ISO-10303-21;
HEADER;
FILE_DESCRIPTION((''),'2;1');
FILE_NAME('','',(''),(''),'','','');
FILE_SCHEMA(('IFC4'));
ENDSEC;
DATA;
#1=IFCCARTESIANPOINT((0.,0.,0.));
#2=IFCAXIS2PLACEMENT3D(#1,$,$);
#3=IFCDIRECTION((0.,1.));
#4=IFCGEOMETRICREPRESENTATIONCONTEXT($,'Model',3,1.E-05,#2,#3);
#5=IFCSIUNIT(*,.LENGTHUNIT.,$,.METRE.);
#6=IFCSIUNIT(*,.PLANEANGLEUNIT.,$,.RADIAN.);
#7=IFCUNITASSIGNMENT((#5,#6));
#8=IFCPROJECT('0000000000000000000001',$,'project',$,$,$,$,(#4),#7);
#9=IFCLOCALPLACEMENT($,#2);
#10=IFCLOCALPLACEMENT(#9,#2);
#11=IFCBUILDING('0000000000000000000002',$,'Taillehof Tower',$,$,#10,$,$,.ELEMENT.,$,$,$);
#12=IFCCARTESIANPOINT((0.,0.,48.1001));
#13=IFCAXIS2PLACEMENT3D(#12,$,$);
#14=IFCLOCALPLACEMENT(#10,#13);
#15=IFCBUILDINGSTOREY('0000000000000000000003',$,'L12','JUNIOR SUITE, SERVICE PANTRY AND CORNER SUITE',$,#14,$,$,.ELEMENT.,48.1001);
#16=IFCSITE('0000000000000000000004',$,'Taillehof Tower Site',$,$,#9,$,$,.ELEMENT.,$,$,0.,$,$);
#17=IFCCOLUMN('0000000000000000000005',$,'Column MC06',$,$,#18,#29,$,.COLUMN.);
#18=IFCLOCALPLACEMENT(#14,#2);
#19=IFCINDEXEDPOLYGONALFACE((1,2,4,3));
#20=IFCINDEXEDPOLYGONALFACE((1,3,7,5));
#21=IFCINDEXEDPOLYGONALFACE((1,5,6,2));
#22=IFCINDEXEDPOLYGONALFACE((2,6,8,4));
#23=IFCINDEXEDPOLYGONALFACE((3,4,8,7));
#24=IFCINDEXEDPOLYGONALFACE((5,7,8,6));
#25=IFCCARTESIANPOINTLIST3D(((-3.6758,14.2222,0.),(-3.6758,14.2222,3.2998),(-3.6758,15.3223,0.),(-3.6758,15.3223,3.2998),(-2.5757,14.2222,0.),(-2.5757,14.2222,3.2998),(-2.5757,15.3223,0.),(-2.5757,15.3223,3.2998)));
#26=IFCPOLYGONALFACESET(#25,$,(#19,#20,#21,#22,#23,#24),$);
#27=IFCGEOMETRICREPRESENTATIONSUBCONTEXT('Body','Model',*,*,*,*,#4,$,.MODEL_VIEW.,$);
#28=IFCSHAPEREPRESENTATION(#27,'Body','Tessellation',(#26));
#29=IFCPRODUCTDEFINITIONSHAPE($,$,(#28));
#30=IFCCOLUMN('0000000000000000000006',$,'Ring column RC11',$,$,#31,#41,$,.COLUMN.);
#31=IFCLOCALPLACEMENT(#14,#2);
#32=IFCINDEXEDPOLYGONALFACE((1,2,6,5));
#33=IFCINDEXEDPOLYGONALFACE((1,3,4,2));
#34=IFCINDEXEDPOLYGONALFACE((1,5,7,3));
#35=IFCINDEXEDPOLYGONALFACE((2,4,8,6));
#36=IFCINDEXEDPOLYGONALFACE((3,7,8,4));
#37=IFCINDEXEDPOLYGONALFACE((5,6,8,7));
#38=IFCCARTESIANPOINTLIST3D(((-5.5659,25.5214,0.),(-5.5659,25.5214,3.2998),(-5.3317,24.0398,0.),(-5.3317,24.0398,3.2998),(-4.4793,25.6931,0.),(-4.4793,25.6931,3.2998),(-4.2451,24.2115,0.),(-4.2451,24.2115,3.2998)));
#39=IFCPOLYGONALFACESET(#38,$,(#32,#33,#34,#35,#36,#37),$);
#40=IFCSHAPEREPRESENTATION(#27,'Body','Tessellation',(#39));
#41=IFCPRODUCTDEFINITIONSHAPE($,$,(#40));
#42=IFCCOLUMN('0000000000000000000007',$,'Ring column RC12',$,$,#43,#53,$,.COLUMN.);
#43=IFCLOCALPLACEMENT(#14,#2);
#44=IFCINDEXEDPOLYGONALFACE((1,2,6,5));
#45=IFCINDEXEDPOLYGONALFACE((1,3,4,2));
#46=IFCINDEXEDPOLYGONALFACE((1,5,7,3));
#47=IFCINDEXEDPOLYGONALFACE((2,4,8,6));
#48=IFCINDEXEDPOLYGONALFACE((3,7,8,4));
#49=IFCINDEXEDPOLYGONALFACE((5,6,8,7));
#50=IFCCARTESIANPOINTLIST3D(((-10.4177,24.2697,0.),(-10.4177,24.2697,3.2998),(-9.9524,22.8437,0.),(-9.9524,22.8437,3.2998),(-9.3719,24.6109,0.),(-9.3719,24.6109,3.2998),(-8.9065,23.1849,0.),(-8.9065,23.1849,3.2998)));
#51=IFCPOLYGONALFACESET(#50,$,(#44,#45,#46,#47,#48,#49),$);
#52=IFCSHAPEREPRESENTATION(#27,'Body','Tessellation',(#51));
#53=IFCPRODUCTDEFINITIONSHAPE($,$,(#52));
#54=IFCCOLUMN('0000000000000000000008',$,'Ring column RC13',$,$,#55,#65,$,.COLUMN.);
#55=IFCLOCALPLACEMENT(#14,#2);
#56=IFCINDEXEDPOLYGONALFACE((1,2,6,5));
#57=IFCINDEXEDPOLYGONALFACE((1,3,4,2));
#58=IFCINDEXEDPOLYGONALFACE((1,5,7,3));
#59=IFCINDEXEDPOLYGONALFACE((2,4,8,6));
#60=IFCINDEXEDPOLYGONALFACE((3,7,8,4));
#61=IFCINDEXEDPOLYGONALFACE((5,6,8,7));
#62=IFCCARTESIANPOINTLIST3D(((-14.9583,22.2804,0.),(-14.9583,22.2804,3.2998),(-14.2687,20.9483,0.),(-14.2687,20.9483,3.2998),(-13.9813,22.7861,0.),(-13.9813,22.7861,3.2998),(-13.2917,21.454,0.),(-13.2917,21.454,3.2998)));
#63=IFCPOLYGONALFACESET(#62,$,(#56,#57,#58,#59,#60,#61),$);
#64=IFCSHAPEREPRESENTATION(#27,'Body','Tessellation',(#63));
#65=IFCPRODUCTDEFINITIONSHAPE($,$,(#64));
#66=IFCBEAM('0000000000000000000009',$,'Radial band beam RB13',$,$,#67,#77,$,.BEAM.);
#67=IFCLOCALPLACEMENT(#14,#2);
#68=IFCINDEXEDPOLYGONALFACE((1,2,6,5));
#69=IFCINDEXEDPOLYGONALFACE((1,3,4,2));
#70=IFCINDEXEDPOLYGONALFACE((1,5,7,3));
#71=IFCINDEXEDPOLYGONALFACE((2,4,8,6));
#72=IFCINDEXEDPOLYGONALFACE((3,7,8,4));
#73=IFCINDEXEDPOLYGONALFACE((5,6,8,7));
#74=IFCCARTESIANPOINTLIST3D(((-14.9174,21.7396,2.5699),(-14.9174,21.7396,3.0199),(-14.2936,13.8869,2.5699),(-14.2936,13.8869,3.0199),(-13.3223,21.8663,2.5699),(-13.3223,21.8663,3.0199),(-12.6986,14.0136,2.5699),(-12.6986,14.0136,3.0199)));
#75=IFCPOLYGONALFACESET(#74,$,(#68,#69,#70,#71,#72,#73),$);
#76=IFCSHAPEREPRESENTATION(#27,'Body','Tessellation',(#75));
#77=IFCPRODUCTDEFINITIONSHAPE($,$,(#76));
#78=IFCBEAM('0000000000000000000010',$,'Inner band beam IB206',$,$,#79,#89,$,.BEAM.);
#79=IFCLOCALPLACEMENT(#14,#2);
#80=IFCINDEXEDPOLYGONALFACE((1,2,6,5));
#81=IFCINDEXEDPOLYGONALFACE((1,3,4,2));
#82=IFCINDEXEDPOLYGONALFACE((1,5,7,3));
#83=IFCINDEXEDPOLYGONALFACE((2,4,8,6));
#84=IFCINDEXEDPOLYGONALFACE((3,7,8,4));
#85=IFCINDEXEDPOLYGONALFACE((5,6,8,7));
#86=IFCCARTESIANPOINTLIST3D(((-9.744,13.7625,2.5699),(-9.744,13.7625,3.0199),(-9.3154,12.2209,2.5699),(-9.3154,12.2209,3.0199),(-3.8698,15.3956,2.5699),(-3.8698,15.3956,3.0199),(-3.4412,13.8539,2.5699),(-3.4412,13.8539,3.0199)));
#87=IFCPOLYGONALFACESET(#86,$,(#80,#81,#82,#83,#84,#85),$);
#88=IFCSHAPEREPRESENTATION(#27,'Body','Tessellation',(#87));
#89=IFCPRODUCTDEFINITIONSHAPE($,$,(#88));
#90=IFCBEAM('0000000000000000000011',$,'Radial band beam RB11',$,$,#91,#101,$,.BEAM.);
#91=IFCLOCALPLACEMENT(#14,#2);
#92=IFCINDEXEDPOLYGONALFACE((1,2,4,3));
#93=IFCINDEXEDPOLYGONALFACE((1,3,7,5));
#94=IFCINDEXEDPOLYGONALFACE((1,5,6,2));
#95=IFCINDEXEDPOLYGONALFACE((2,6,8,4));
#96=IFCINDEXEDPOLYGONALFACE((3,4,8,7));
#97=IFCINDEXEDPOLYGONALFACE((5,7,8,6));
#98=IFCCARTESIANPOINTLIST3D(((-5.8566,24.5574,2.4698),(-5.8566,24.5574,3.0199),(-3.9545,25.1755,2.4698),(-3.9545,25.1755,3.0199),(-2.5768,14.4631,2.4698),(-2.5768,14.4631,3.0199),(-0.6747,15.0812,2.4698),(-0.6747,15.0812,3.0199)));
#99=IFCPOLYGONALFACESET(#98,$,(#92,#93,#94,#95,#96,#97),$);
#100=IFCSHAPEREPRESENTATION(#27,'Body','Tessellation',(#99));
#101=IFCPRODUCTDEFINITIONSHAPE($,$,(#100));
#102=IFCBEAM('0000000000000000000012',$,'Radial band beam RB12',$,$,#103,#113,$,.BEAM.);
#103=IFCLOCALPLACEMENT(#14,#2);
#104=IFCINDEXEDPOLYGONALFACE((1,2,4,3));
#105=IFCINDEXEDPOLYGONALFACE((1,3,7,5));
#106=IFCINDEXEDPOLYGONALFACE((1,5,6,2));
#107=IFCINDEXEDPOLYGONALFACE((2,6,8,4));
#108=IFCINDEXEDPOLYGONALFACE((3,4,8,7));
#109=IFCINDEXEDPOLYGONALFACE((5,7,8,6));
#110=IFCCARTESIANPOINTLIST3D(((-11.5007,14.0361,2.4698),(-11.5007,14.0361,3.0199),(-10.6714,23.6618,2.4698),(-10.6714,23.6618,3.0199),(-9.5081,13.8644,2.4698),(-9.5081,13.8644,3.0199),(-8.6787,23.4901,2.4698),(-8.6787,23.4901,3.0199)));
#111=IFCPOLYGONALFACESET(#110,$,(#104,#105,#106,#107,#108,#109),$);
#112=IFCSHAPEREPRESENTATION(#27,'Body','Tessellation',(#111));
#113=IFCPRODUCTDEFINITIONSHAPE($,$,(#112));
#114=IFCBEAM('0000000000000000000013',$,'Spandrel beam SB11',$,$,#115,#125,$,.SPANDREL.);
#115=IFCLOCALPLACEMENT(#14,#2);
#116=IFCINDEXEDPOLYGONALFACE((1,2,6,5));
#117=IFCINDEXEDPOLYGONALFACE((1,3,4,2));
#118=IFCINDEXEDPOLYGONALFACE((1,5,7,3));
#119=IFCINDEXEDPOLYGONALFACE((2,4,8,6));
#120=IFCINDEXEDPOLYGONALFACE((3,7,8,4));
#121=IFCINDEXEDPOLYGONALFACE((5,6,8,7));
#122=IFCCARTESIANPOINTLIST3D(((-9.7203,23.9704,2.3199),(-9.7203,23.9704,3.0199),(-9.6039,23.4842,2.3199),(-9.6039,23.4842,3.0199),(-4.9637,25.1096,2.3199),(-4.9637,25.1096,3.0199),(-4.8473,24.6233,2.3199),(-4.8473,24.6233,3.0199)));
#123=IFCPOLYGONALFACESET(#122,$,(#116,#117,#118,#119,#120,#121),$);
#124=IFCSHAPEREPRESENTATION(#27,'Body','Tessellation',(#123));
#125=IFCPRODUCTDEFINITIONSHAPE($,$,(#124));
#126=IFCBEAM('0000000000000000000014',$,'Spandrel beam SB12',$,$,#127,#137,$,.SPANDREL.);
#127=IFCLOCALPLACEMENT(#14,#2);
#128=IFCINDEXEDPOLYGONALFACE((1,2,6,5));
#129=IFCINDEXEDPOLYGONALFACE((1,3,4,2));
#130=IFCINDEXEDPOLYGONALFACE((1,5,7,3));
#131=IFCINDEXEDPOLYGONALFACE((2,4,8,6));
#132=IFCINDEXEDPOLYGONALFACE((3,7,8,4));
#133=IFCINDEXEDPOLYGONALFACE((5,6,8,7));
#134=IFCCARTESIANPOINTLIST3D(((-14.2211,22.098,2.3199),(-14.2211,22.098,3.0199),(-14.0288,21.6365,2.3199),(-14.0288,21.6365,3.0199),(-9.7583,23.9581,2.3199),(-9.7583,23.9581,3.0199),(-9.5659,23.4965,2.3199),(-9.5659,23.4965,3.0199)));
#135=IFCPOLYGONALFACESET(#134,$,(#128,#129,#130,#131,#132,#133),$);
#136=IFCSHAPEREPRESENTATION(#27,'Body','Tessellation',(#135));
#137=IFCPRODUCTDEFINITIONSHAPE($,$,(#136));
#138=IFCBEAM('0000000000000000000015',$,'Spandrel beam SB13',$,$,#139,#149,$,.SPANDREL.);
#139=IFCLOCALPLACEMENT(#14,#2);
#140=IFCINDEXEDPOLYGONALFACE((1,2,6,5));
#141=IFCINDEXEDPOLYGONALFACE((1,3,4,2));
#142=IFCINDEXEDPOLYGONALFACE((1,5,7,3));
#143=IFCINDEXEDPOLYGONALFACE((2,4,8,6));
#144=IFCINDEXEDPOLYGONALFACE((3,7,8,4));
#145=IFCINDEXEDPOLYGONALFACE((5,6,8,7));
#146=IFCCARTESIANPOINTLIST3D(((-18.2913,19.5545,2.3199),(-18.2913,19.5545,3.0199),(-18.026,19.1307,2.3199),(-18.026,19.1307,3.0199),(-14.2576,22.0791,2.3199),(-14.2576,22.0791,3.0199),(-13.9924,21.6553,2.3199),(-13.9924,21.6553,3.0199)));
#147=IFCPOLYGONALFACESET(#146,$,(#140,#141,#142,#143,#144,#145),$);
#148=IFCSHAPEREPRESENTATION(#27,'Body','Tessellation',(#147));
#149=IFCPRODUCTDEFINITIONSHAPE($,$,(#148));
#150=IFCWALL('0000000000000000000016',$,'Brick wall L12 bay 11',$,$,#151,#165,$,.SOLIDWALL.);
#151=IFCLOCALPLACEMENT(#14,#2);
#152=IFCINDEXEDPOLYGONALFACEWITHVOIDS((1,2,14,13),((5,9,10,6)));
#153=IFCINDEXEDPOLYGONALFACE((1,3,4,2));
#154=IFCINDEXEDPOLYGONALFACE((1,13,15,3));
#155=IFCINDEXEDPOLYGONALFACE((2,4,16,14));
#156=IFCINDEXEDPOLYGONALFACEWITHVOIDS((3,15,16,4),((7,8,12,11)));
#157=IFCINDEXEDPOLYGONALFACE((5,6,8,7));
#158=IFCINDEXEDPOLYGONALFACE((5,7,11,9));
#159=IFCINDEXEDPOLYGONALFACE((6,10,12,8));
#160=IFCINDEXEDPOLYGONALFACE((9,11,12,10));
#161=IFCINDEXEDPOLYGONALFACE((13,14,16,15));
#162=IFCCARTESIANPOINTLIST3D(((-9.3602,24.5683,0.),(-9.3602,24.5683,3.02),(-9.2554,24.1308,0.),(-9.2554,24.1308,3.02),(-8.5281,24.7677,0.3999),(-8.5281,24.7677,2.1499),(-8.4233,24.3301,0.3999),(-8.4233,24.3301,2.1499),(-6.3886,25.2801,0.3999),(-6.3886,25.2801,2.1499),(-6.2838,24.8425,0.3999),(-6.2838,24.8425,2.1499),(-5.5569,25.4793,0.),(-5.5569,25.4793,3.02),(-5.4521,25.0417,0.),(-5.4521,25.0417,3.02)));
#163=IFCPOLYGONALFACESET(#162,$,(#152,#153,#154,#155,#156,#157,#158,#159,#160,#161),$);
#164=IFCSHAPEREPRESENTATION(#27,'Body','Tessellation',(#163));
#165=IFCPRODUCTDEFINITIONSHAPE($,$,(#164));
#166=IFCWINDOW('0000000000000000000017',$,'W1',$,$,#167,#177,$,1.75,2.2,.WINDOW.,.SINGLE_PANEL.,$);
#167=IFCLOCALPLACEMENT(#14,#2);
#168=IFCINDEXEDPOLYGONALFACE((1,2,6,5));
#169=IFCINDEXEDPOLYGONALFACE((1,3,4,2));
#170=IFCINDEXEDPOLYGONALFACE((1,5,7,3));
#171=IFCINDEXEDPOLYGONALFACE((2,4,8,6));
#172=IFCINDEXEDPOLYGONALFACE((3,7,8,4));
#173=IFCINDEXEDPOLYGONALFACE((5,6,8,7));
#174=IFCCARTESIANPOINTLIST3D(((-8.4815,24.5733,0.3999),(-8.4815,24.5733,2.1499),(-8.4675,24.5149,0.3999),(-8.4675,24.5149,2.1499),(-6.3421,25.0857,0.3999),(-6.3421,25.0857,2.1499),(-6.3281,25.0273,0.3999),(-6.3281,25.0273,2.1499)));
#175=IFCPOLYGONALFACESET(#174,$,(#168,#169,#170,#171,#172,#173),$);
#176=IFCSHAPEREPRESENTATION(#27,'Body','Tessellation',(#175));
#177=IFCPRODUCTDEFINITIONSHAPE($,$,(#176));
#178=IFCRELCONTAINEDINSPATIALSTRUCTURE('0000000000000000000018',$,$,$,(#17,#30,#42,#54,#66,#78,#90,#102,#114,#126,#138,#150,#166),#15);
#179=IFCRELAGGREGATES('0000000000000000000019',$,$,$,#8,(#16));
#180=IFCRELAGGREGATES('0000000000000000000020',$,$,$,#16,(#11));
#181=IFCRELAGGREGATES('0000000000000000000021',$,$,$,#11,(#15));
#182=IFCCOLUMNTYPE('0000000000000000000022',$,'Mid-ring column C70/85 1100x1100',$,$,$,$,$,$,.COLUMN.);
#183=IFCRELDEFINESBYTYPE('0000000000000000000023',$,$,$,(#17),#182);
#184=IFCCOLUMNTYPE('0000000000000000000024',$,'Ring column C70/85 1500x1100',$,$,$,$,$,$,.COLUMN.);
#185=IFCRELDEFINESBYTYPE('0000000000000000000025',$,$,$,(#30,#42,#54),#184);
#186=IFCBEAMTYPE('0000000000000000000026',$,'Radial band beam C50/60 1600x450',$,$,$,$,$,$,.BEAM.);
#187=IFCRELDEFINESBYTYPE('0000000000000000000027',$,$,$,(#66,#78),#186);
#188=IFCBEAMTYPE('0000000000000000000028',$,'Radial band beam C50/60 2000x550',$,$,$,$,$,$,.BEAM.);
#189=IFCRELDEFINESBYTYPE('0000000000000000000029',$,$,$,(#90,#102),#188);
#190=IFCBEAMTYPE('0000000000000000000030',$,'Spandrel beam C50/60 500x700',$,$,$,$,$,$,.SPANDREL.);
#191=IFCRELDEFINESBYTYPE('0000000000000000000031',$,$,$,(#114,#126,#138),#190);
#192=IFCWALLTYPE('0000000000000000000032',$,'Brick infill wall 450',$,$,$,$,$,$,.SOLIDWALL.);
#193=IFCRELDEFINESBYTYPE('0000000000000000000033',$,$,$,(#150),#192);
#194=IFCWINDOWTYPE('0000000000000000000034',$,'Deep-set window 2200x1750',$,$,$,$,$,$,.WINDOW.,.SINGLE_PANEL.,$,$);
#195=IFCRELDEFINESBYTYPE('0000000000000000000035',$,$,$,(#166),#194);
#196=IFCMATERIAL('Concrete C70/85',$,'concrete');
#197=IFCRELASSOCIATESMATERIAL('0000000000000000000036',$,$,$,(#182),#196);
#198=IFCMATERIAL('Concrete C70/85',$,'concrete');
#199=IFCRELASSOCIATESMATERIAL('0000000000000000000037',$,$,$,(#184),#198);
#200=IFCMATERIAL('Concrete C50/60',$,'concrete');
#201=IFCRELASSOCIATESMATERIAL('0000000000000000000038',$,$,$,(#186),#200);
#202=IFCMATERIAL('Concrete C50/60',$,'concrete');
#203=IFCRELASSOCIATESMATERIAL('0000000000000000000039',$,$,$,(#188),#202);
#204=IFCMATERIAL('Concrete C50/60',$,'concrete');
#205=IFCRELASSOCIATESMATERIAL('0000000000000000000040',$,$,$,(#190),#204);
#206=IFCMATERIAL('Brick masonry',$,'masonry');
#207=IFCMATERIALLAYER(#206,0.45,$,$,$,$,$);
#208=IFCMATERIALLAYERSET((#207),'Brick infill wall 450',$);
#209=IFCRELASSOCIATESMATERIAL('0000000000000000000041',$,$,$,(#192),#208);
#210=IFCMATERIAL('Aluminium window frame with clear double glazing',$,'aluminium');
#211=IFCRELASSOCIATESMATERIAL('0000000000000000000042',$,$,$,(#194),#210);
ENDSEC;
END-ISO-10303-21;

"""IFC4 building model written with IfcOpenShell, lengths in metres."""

from ifc_helpers import new_model, si_unit, direction, frame, frame_2d, origin, origin_2d, place, context, subcontext, project, spatial, rectangle, extrude, material, layer, layer_set, material_profile, profile_set, type_object, element, fill, save


model = new_model("IFC4")

# Units and contexts
model_context = context("Model", 3, precision=1e-05, world=origin(), true_north=direction((0.0, 1.0)))
body_context = subcontext(model_context, "Body", "Model", "MODEL_VIEW")
ifc_project = project(units=[si_unit("LENGTHUNIT", "METRE"), si_unit("PLANEANGLEUNIT", "RADIAN")], contexts=[model_context])

# Site, building, storey
site_placement = place(None, origin())
site = spatial("IfcSite", under=ifc_project, at=site_placement, Name="Taillehof Tower Site", CompositionType="ELEMENT", RefElevation=0.0)
building_placement = place(site_placement, origin())
building = spatial("IfcBuilding", under=site, at=building_placement, Name="Taillehof Tower", CompositionType="ELEMENT")
storey_placement = place(building_placement, frame((0.0, 0.0, 48.1001)))
storey = spatial("IfcBuildingStorey", under=building, at=storey_placement, Name="L12", Description="JUNIOR SUITE, SERVICE PANTRY AND CORNER SUITE", CompositionType="ELEMENT", Elevation=48.1001)

# Columns
ifc_material_1 = material(Name="Concrete C70/85", Category="concrete")
ifc_material_profile_1 = material_profile(ifc_material_1, rectangle(XDim=1.1001, YDim=1.1001, at=origin_2d()), Name="RC 1100x1100")
ifc_profile_set_1 = profile_set([ifc_material_profile_1], Name="Concrete C70/85")
column_type_1 = type_object("IfcColumnType", Name="Mid-ring column C70/85 1100x1100", PredefinedType="COLUMN", material=ifc_profile_set_1)
column_placement = place(storey_placement, frame((-3.1257, 14.7722, 0.0), z_axis=(0.0, 0.0, 1.0), x_axis=(1.0, 0.0, 0.0)))
element("IfcColumn", 1, at=column_placement, inside=storey, type_object=column_type_1, Name="Column MC06", PredefinedType="COLUMN", context=body_context, shape_type="SweptSolid", body=[
    extrude(rectangle(XDim=1.1001, YDim=1.1001, at=origin_2d()), origin(), (0.0, 0.0, 1.0), 3.2998),
])
ifc_material_2 = material(Name="Concrete C70/85", Category="concrete")
ifc_material_profile_2 = material_profile(ifc_material_2, rectangle(XDim=1.5, YDim=1.1001, at=origin_2d()), Name="RC 1500x1100")
ifc_profile_set_2 = profile_set([ifc_material_profile_2], Name="Concrete C70/85")
column_type_2 = type_object("IfcColumnType", Name="Ring column C70/85 1500x1100", PredefinedType="COLUMN", material=ifc_profile_set_2)
for number, where, z_axis, x_axis, name in (
    (2, (-4.9055, 24.8665, 0.0), (0.0, 0.0, 1.0), (-0.156147, 0.987734, 0.0), "Ring column RC11"),
    (3, (-9.6621, 23.7273, 0.0), (0.0, 0.0, 1.0), (-0.310219, 0.950665, 0.0), "Ring column RC12"),
    (4, (-14.125, 21.8672, 0.0), (0.0, 0.0, 1.0), (-0.459691, 0.888079, 0.0), "Ring column RC13"),
):
    element("IfcColumn", number, at=place(storey_placement, frame(where, z_axis=z_axis, x_axis=x_axis)), inside=storey, type_object=column_type_2, Name=name, PredefinedType="COLUMN", context=body_context, shape_type="SweptSolid", body=[
        extrude(rectangle(XDim=1.5, YDim=1.1001, at=origin_2d()), origin(), (0.0, 0.0, 1.0), 3.2998),
    ])

# Beams
ifc_material_3 = material(Name="Concrete C50/60", Category="concrete")
ifc_material_profile_3 = material_profile(ifc_material_3, rectangle(XDim=1.6001, YDim=0.45, at=origin_2d()), Name="RC 1600x450")
ifc_profile_set_3 = profile_set([ifc_material_profile_3], Name="Concrete C50/60")
beam_type_1 = type_object("IfcBeamType", Name="Radial band beam C50/60 1600x450", PredefinedType="BEAM", material=ifc_profile_set_3)
beam_1_placement = place(storey_placement, frame((-14.1199, 21.803, 2.7949), z_axis=(0.079185, -0.99686, 0.0), x_axis=(0.99686, 0.079185, 0.0)))
element("IfcBeam", 5, at=beam_1_placement, inside=storey, type_object=beam_type_1, Name="Radial band beam RB13", PredefinedType="BEAM", context=body_context, shape_type="SweptSolid", body=[
    extrude(rectangle(XDim=1.6001, YDim=0.45, at=origin_2d()), origin(), (0.0, 0.0, 1.0), 7.8774),
])
beam_2_placement = place(storey_placement, frame((-3.6555, 14.6248, 2.7949), z_axis=(-0.963459, -0.267855, 0.0), x_axis=(0.267855, -0.963459, 0.0)))
element("IfcBeam", 6, at=beam_2_placement, inside=storey, type_object=beam_type_1, Name="Inner band beam IB206", PredefinedType="BEAM", context=body_context, shape_type="SweptSolid", body=[
    extrude(rectangle(XDim=1.6001, YDim=0.45, at=origin_2d()), origin(), (0.0, 0.0, 1.0), 6.0969),
])
ifc_material_4 = material(Name="Concrete C50/60", Category="concrete")
ifc_material_profile_4 = material_profile(ifc_material_4, rectangle(XDim=2.0, YDim=0.55, at=origin_2d()), Name="RC 2000x550")
ifc_profile_set_4 = profile_set([ifc_material_profile_4], Name="Concrete C50/60")
beam_type_2 = type_object("IfcBeamType", Name="Radial band beam C50/60 2000x550", PredefinedType="BEAM", material=ifc_profile_set_4)
beam_3_placement = place(storey_placement, frame((-4.9055, 24.8665, 2.7449), z_axis=(0.309014, -0.951057, 0.0), x_axis=(0.951057, 0.309014, 0.0)))
element("IfcBeam", 7, at=beam_3_placement, inside=storey, type_object=beam_type_2, Name="Radial band beam RB11", PredefinedType="BEAM", context=body_context, shape_type="SweptSolid", body=[
    extrude(rectangle(XDim=2.0, YDim=0.55, at=origin_2d()), origin(), (0.0, 0.0, 1.0), 10.6138),
])
beam_4_placement = place(storey_placement, frame((-9.675, 23.5759, 2.7449), z_axis=(-0.085841, -0.996309, 0.0), x_axis=(0.996309, -0.085841, 0.0)))
element("IfcBeam", 8, at=beam_4_placement, inside=storey, type_object=beam_type_2, Name="Radial band beam RB12", PredefinedType="BEAM", context=body_context, shape_type="SweptSolid", body=[
    extrude(rectangle(XDim=2.0, YDim=0.55, at=origin_2d()), origin(), (0.0, 0.0, 1.0), 9.6614),
])
ifc_material_5 = material(Name="Concrete C50/60", Category="concrete")
ifc_material_profile_5 = material_profile(ifc_material_5, rectangle(XDim=0.5, YDim=0.7, at=origin_2d()), Name="RC 500x700")
ifc_profile_set_5 = profile_set([ifc_material_profile_5], Name="Concrete C50/60")
beam_type_3 = type_object("IfcBeamType", Name="Spandrel beam C50/60 500x700", PredefinedType="SPANDREL", material=ifc_profile_set_5)
beam_5_placement = place(storey_placement, frame((-4.9055, 24.8665, 2.6699), z_axis=(-0.9725, -0.232905, 0.0), x_axis=(0.232905, -0.9725, 0.0)))
element("IfcBeam", 9, at=beam_5_placement, inside=storey, type_object=beam_type_3, Name="Spandrel beam SB11", PredefinedType="SPANDREL", context=body_context, shape_type="SweptSolid", body=[
    extrude(rectangle(XDim=0.5, YDim=0.7, at=origin_2d()), origin(), (0.0, 0.0, 1.0), 4.8911),
])
beam_6_placement = place(storey_placement, frame((-9.6621, 23.7273, 2.6699), z_axis=(-0.923035, -0.384716, 0.0), x_axis=(0.384716, -0.923035, 0.0)))
element("IfcBeam", 10, at=beam_6_placement, inside=storey, type_object=beam_type_3, Name="Spandrel beam SB12", PredefinedType="SPANDREL", context=body_context, shape_type="SweptSolid", body=[
    extrude(rectangle(XDim=0.5, YDim=0.7, at=origin_2d()), origin(), (0.0, 0.0, 1.0), 4.835),
])
beam_7_placement = place(storey_placement, frame((-14.125, 21.8672, 2.6699), z_axis=(-0.847658, -0.530543, 0.0), x_axis=(0.530543, -0.847658, 0.0)))
element("IfcBeam", 11, at=beam_7_placement, inside=storey, type_object=beam_type_3, Name="Spandrel beam SB13", PredefinedType="SPANDREL", context=body_context, shape_type="SweptSolid", body=[
    extrude(rectangle(XDim=0.5, YDim=0.7, at=origin_2d()), origin(), (0.0, 0.0, 1.0), 4.7585),
])

# Wall, opening, window
ifc_material_6 = material(Name="Brick masonry", Category="masonry")
ifc_layer_1 = layer(ifc_material_6, 0.45)
ifc_layer_set_1 = layer_set([ifc_layer_1], Name="Brick infill wall 450")
wall_type_1 = type_object("IfcWallType", Name="Brick infill wall 450", PredefinedType="SOLIDWALL", material=ifc_layer_set_1)
wall_1_placement = place(storey_placement, frame((-5.5044, 25.2605, 0.0), z_axis=(0.0, 0.0, 1.0), x_axis=(-0.972497, -0.232917, 0.0)))
wall_1 = element("IfcWall", 12, at=wall_1_placement, inside=storey, type_object=wall_type_1, Name="Brick wall L12 bay 11", PredefinedType="SOLIDWALL", context=body_context, shape_type="SweptSolid", body=[
    extrude(rectangle(XDim=3.9109, YDim=0.45, at=frame_2d((1.9556, 0.0))), origin(), (0.0, 0.0, 1.0), 3.02),
])
opening_1_placement = place(wall_1_placement, frame((0.8552, 0.0, 0.3999)))
opening_1 = element("IfcOpeningElement", 13, at=opening_1_placement, cuts=wall_1, PredefinedType="OPENING", context=body_context, shape_type="SweptSolid", body=[
    extrude(rectangle(XDim=2.2, YDim=1.75, at=frame_2d((1.1001, 0.875))), frame((0.0, 0.2349, 0.0), z_axis=(0.0, -1.0, 0.0), x_axis=(1.0, 0.0, 0.0)), (0.0, 0.0, 1.0), 0.47),
])
ifc_material_7 = material(Name="Aluminium window frame with clear double glazing", Category="aluminium")
window_type_1 = type_object("IfcWindowType", Name="Deep-set window 2200x1750", PartitioningType="SINGLE_PANEL", PredefinedType="WINDOW", material=ifc_material_7)
window_1_placement = place(opening_1_placement, origin())
window_1 = element("IfcWindow", 14, at=window_1_placement, inside=storey, type_object=window_type_1, Name="W1", OverallHeight=1.75, OverallWidth=2.2, PartitioningType="SINGLE_PANEL", PredefinedType="WINDOW", context=body_context, shape_type="SweptSolid", body=[
    extrude(rectangle(XDim=2.2, YDim=1.75, at=frame_2d((1.1001, 0.875))), frame((0.0, 0.0349, 0.0), z_axis=(0.0, -1.0, 0.0), x_axis=(1.0, 0.0, 0.0)), (0.0, 0.0, 1.0), 0.0601),
])
fill(opening_1, window_1)

save(model, "model.ifc")
